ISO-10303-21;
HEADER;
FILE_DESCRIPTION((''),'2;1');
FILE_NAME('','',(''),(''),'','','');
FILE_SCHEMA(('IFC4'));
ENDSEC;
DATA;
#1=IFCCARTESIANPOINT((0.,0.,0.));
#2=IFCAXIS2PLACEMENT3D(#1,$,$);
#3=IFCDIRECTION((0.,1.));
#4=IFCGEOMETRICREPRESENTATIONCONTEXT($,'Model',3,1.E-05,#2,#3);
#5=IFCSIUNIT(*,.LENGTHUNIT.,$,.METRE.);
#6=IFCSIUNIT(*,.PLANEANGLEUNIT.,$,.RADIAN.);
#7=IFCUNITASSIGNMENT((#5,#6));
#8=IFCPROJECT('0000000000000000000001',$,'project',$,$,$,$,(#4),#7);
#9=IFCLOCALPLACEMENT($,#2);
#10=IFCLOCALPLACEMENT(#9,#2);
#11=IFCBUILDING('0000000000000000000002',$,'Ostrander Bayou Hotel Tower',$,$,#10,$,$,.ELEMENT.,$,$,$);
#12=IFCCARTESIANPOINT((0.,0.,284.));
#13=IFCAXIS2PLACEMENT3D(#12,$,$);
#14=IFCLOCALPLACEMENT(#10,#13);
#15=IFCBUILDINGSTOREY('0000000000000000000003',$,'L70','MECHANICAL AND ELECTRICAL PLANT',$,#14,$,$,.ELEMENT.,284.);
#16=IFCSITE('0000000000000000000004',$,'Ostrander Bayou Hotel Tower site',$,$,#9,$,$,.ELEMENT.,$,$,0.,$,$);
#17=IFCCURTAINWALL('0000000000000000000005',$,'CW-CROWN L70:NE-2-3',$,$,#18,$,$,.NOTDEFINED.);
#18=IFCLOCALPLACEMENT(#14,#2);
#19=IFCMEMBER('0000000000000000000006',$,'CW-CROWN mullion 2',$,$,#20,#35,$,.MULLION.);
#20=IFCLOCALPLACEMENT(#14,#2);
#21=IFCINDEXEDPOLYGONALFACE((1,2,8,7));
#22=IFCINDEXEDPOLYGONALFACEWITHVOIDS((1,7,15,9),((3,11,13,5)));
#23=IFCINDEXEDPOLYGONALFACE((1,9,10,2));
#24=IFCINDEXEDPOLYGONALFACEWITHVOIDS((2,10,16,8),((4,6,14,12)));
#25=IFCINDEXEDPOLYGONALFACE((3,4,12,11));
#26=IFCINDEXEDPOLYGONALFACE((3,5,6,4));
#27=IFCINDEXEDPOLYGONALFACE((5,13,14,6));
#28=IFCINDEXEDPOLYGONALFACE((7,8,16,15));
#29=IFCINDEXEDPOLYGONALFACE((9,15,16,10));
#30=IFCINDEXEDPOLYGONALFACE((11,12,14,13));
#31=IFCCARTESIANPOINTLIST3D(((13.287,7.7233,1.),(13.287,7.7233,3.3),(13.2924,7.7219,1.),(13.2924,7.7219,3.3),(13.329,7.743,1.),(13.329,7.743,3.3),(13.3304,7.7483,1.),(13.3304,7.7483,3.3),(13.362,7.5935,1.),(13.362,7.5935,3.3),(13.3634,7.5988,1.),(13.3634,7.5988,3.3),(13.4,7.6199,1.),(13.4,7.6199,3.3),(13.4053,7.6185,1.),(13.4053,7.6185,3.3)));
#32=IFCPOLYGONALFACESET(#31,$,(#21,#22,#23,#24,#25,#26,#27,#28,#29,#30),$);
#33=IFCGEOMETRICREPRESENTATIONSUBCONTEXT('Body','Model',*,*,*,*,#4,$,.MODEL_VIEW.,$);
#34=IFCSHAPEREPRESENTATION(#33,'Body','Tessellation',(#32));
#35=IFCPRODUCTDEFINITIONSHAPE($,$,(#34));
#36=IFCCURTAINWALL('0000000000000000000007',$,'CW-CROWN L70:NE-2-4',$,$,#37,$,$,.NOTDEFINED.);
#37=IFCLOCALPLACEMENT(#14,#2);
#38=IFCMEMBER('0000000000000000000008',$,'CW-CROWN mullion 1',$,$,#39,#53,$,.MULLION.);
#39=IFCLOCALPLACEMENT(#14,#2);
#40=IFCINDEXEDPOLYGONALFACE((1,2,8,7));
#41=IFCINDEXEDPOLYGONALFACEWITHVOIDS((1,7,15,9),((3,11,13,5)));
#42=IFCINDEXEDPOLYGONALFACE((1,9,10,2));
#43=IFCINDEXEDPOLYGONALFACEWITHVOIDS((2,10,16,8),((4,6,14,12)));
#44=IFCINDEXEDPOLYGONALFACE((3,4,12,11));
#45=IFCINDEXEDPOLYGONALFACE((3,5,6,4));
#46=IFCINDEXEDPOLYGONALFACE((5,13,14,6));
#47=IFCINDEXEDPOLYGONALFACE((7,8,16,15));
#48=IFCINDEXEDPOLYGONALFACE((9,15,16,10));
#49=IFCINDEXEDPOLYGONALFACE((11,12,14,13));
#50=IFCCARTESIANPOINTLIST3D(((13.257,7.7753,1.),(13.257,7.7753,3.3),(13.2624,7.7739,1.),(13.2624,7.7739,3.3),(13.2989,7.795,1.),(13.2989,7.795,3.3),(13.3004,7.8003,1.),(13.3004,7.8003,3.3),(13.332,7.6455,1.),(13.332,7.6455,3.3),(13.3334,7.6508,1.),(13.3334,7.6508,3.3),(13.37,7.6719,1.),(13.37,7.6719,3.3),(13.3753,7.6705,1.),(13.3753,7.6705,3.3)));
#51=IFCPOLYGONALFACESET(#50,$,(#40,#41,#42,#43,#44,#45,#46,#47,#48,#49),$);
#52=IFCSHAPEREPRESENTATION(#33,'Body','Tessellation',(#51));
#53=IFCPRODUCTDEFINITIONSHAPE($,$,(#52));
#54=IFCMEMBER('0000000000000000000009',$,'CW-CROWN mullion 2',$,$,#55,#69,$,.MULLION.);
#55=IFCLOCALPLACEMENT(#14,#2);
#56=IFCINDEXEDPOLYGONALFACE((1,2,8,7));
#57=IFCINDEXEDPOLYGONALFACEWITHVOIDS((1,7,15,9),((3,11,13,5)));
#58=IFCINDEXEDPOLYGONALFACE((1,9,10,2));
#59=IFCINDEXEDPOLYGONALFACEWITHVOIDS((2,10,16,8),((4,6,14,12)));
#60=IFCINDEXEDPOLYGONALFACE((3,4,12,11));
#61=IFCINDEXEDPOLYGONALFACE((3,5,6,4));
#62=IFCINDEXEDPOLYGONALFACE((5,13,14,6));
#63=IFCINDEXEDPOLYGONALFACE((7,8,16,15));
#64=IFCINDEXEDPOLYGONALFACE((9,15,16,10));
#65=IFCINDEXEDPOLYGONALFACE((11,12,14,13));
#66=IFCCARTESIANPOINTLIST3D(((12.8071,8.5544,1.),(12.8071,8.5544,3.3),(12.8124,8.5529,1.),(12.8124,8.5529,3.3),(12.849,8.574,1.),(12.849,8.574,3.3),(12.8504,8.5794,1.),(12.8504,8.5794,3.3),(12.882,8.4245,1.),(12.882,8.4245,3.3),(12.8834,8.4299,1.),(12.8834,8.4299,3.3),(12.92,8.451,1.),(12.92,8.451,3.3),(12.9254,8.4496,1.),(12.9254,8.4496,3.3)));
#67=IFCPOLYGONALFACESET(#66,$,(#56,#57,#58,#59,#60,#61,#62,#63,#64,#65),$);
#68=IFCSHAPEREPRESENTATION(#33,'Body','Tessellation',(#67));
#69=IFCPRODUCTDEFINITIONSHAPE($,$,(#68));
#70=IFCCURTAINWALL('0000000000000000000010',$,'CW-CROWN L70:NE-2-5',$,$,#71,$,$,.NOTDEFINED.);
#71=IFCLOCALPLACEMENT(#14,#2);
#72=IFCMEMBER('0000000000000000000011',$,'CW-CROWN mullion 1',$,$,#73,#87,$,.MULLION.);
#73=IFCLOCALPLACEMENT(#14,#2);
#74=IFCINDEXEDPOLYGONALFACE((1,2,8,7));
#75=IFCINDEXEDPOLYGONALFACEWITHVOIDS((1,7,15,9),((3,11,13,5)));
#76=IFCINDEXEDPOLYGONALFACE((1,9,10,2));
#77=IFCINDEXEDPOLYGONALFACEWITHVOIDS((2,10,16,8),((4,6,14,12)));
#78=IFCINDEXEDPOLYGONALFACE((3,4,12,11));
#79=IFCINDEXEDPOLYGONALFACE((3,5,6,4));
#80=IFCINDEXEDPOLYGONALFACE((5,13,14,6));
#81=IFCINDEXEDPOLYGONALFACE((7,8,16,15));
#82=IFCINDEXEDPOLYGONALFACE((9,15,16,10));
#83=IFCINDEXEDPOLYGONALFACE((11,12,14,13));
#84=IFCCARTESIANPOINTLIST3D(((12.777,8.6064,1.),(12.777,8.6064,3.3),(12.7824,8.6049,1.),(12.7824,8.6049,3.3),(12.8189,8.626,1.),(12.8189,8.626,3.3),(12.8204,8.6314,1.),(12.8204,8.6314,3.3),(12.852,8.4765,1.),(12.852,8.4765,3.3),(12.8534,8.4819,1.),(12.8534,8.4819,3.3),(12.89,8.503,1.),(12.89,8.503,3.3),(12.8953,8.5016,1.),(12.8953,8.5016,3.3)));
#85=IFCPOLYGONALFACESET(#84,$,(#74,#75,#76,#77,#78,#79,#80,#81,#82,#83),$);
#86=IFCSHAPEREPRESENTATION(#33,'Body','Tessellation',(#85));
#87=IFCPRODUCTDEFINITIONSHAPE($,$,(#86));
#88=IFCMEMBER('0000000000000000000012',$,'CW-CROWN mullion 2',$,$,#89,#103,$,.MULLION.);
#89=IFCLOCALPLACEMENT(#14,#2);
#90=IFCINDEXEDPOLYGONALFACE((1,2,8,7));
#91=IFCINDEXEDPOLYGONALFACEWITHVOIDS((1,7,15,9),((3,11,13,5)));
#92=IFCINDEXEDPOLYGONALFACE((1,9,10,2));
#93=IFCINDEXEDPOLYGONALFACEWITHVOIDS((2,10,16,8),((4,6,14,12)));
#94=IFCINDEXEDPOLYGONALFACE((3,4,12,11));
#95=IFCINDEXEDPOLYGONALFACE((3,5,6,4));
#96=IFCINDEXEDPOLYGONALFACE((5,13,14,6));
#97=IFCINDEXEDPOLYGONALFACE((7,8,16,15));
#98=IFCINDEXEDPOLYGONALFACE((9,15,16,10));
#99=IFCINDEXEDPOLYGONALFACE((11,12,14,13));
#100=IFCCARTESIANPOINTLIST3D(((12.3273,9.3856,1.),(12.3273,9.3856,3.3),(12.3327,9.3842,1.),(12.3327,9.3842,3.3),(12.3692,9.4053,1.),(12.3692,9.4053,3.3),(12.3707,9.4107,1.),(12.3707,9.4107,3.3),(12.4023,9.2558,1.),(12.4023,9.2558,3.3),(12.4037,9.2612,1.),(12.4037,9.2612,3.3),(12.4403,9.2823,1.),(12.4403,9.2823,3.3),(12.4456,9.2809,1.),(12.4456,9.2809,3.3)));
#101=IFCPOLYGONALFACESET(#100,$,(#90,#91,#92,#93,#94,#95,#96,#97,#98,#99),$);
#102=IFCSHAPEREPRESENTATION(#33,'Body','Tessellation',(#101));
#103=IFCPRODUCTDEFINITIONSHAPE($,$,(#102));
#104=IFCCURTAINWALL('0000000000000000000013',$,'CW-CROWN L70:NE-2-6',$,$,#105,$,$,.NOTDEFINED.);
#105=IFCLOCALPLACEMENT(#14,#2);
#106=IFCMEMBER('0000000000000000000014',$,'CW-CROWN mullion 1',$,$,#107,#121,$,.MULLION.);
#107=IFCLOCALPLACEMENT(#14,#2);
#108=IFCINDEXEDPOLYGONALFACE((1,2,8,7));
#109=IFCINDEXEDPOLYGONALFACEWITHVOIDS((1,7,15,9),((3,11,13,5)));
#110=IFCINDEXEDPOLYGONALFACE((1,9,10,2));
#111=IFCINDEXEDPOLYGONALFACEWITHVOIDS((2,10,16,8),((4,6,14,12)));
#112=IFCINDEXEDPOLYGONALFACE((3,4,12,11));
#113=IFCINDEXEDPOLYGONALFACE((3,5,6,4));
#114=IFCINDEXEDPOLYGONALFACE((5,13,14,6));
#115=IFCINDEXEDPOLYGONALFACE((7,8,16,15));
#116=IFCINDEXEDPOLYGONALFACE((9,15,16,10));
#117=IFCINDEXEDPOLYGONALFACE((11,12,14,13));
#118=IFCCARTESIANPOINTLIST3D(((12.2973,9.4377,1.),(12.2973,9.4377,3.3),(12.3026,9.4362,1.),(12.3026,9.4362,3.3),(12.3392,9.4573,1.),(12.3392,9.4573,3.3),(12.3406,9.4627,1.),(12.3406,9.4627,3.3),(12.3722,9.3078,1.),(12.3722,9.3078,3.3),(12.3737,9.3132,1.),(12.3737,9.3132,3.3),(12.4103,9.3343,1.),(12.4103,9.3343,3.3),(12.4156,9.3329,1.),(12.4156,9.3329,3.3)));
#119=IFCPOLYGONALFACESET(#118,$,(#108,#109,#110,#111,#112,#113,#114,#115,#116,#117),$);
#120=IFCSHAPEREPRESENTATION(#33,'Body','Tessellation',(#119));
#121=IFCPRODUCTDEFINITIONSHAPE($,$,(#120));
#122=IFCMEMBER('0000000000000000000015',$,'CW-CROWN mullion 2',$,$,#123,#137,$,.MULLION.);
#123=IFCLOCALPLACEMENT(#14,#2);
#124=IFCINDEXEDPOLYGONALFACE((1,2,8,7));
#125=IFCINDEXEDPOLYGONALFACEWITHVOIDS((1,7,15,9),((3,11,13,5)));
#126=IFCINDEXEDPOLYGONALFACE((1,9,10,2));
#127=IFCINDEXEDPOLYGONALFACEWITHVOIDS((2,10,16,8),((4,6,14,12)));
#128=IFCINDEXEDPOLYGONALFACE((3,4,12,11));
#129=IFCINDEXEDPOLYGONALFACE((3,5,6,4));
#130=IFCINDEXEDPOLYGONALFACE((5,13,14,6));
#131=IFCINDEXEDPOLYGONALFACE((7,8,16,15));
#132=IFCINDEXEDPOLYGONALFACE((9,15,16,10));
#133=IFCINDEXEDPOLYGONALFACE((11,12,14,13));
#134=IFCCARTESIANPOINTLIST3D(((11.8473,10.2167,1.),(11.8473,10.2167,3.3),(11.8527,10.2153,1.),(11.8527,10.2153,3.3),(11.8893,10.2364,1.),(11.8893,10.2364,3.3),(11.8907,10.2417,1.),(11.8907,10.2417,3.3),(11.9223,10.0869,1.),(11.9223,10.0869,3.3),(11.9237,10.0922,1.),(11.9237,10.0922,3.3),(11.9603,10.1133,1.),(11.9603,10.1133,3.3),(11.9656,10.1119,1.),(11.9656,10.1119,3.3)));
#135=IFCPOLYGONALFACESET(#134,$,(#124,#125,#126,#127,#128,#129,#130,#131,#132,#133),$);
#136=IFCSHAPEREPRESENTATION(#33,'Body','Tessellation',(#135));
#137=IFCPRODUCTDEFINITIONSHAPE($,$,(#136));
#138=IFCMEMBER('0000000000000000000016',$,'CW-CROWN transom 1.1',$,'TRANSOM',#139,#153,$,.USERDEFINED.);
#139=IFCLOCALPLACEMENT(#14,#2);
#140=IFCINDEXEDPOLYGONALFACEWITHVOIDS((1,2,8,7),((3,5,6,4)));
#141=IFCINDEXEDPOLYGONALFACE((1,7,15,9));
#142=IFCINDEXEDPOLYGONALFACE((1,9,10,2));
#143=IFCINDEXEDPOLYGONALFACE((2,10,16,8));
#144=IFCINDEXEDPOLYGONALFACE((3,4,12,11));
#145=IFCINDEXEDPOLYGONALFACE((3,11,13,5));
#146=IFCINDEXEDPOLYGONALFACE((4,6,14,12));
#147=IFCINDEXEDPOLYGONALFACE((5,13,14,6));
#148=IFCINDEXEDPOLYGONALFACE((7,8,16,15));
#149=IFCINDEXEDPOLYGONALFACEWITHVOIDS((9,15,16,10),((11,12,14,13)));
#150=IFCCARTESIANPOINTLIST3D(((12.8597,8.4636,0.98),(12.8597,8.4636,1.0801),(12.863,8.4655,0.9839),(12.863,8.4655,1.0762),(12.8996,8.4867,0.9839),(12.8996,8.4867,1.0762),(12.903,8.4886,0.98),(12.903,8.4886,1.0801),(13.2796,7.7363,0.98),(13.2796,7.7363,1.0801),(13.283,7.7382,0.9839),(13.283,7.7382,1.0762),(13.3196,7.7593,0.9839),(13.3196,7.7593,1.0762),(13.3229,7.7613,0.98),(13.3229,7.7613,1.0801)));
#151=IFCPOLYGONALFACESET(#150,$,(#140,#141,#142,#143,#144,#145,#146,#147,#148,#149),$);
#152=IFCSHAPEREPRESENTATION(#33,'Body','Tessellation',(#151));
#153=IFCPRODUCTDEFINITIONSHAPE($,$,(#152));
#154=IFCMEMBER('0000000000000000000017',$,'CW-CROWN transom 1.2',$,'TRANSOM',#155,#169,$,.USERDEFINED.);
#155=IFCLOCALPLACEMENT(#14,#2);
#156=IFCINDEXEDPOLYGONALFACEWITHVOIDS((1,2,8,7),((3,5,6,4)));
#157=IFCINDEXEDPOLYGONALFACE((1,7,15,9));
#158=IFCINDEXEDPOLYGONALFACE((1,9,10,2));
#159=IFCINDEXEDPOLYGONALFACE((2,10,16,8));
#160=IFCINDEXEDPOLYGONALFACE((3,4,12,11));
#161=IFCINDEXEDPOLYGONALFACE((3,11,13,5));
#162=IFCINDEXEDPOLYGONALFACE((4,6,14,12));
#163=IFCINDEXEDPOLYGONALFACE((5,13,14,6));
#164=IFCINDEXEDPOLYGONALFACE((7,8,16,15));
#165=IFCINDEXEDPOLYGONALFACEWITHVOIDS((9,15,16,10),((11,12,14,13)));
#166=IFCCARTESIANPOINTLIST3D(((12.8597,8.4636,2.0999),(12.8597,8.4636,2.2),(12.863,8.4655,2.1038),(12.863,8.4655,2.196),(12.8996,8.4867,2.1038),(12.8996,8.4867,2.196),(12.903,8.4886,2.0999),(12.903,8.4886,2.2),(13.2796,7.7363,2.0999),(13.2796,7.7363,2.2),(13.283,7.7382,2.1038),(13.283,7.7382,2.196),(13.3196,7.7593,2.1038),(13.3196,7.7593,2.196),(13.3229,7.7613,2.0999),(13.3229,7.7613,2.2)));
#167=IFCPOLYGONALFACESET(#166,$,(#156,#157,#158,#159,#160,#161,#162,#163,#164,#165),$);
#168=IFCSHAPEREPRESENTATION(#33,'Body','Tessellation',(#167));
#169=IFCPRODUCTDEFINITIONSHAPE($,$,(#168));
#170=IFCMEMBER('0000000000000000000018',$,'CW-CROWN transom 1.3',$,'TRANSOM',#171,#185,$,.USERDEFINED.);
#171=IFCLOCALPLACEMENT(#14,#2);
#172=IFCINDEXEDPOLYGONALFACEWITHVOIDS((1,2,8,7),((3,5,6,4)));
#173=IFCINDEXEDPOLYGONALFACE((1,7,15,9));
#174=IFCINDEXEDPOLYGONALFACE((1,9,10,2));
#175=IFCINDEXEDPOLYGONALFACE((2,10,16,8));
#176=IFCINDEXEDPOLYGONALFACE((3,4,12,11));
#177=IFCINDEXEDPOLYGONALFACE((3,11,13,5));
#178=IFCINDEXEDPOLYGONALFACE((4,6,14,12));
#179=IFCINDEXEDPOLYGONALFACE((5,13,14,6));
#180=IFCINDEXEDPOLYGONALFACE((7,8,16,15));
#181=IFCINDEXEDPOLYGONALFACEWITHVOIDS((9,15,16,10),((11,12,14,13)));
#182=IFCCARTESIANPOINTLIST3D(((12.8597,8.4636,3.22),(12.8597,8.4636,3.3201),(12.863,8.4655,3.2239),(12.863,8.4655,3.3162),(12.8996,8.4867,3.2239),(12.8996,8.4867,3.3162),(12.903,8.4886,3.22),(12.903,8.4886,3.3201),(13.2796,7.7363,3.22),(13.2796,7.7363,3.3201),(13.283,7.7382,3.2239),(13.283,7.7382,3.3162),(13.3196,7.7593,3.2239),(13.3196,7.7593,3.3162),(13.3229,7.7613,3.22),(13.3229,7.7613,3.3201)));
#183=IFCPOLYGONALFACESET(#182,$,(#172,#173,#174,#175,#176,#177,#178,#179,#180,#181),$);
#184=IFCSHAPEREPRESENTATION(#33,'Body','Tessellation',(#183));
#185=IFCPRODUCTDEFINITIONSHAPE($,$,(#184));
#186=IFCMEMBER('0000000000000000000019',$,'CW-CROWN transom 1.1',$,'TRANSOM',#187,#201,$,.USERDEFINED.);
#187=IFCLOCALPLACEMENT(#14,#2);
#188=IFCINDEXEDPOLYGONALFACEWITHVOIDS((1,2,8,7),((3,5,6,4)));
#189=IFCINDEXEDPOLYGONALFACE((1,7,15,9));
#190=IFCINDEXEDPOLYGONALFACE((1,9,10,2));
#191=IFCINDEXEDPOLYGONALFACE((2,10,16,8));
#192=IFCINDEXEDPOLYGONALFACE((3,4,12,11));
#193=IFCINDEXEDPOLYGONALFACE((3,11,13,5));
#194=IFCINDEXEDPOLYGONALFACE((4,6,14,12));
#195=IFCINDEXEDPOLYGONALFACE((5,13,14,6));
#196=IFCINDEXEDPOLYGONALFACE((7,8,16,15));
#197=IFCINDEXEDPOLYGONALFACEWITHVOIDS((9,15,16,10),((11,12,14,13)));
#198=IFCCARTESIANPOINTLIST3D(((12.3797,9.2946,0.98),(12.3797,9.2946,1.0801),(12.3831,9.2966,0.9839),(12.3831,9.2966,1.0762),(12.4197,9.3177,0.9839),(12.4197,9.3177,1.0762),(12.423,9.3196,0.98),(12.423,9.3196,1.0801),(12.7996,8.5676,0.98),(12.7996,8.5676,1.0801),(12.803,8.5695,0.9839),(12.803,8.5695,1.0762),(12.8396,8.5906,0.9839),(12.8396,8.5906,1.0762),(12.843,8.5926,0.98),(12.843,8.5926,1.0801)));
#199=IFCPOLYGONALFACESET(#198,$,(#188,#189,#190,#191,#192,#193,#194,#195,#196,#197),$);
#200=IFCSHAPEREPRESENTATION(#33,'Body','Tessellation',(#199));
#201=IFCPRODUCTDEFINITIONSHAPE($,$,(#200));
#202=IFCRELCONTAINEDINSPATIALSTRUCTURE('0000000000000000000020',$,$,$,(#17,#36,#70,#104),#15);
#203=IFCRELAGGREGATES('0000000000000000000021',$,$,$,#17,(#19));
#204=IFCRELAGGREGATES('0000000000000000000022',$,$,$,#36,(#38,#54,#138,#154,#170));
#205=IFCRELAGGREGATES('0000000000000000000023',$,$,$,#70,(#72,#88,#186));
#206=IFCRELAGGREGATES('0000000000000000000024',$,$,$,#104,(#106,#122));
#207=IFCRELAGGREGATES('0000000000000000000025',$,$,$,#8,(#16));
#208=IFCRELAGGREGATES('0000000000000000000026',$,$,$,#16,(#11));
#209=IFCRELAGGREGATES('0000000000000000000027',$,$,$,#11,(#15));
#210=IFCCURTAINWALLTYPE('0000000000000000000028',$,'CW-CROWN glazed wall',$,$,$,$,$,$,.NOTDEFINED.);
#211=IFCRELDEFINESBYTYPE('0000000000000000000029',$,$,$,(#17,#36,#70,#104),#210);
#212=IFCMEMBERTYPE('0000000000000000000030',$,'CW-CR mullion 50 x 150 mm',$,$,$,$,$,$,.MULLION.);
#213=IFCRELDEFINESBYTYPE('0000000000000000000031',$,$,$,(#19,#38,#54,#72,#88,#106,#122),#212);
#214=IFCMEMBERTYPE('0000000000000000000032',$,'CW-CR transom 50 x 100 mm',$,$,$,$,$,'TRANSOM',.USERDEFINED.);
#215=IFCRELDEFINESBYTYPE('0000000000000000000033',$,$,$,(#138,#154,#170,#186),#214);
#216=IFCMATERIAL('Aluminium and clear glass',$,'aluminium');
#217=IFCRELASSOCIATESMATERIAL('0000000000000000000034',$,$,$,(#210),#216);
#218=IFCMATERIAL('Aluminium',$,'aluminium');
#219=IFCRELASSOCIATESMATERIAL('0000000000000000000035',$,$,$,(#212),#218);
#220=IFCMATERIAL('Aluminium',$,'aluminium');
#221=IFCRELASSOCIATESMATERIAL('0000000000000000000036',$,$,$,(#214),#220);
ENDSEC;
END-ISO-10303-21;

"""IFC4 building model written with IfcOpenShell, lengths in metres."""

from ifc_helpers import new_model, si_unit, direction, frame, origin, origin_2d, place, context, subcontext, project, spatial, hollow_rectangle, extrude, material, material_profile, profile_set, type_object, element, aggregate, save


model = new_model("IFC4")

# Units and contexts
model_context = context("Model", 3, precision=1e-05, world=origin(), true_north=direction((0.0, 1.0)))
body_context = subcontext(model_context, "Body", "Model", "MODEL_VIEW")
ifc_project = project(units=[si_unit("LENGTHUNIT", "METRE"), si_unit("PLANEANGLEUNIT", "RADIAN")], contexts=[model_context])

# Site, building, storey
site_placement = place(None, origin())
site = spatial("IfcSite", under=ifc_project, at=site_placement, Name="Ostrander Bayou Hotel Tower site", CompositionType="ELEMENT", RefElevation=0.0)
building_placement = place(site_placement, origin())
building = spatial("IfcBuilding", under=site, at=building_placement, Name="Ostrander Bayou Hotel Tower", CompositionType="ELEMENT")
storey_placement = place(building_placement, frame((0.0, 0.0, 284.0)))
storey = spatial("IfcBuildingStorey", under=building, at=storey_placement, Name="L70", Description="MECHANICAL AND ELECTRICAL PLANT", CompositionType="ELEMENT", Elevation=284.0)

# Curtain wall, member
ifc_material_1 = material(Name="Aluminium and clear glass", Category="aluminium")
curtain_wall_type = type_object("IfcCurtainWallType", Name="CW-CROWN glazed wall", PredefinedType="NOTDEFINED", material=ifc_material_1)
curtain_wall_1_placement = place(storey_placement, origin())
curtain_wall_1 = element("IfcCurtainWall", 1, at=curtain_wall_1_placement, inside=storey, type_object=curtain_wall_type, Name="CW-CROWN L70:NE-2-3", PredefinedType="NOTDEFINED")
ifc_material_2 = material(Name="Aluminium", Category="aluminium")
ifc_material_profile_1 = material_profile(ifc_material_2, hollow_rectangle(XDim=0.05, YDim=0.1499, WallThickness=0.0039, at=origin_2d()))
ifc_profile_set_1 = profile_set([ifc_material_profile_1], Name="Aluminium")
member_type_1 = type_object("IfcMemberType", Name="CW-CR mullion 50 x 150 mm", PredefinedType="MULLION", material=ifc_profile_set_1)
member_1_placement = place(storey_placement, frame((13.3462, 7.6709, 1.0), z_axis=(0.0, 0.0, 1.0), x_axis=(-0.866049, -0.49996, 0.0)))
member_1 = element("IfcMember", 2, at=member_1_placement, type_object=member_type_1, Name="CW-CROWN mullion 2", PredefinedType="MULLION", context=body_context, shape_type="SweptSolid", body=[
    extrude(hollow_rectangle(XDim=0.05, YDim=0.1499, WallThickness=0.0039, at=origin_2d()), origin(), (0.0, 0.0, 1.0), 2.3),
])

# Curtain walls, members
curtain_wall_2_placement = place(storey_placement, origin())
curtain_wall_2 = element("IfcCurtainWall", 3, at=curtain_wall_2_placement, inside=storey, type_object=curtain_wall_type, Name="CW-CROWN L70:NE-2-4", PredefinedType="NOTDEFINED")
member_2_placement = place(storey_placement, frame((13.3162, 7.7229, 1.0), z_axis=(0.0, 0.0, 1.0), x_axis=(-0.866022, -0.500005, 0.0)))
member_2 = element("IfcMember", 4, at=member_2_placement, type_object=member_type_1, Name="CW-CROWN mullion 1", PredefinedType="MULLION", context=body_context, shape_type="SweptSolid", body=[
    extrude(hollow_rectangle(XDim=0.05, YDim=0.1499, WallThickness=0.0039, at=origin_2d()), origin(), (0.0, 0.0, 1.0), 2.3),
])
member_3_placement = place(storey_placement, frame((12.8662, 8.502, 1.0), z_axis=(0.0, 0.0, 1.0), x_axis=(-0.866022, -0.500005, 0.0)))
member_3 = element("IfcMember", 5, at=member_3_placement, type_object=member_type_1, Name="CW-CROWN mullion 2", PredefinedType="MULLION", context=body_context, shape_type="SweptSolid", body=[
    extrude(hollow_rectangle(XDim=0.05, YDim=0.1499, WallThickness=0.0039, at=origin_2d()), origin(), (0.0, 0.0, 1.0), 2.3),
])
curtain_wall_3_placement = place(storey_placement, origin())
curtain_wall_3 = element("IfcCurtainWall", 6, at=curtain_wall_3_placement, inside=storey, type_object=curtain_wall_type, Name="CW-CROWN L70:NE-2-5", PredefinedType="NOTDEFINED")
member_4_placement = place(storey_placement, frame((12.8362, 8.554, 1.0), z_axis=(0.0, 0.0, 1.0), x_axis=(-0.866022, -0.500005, 0.0)))
member_4 = element("IfcMember", 7, at=member_4_placement, type_object=member_type_1, Name="CW-CROWN mullion 1", PredefinedType="MULLION", context=body_context, shape_type="SweptSolid", body=[
    extrude(hollow_rectangle(XDim=0.05, YDim=0.1499, WallThickness=0.0039, at=origin_2d()), origin(), (0.0, 0.0, 1.0), 2.3),
])
member_5_placement = place(storey_placement, frame((12.3865, 9.3333, 1.0), z_axis=(0.0, 0.0, 1.0), x_axis=(-0.866022, -0.500005, 0.0)))
member_5 = element("IfcMember", 8, at=member_5_placement, type_object=member_type_1, Name="CW-CROWN mullion 2", PredefinedType="MULLION", context=body_context, shape_type="SweptSolid", body=[
    extrude(hollow_rectangle(XDim=0.05, YDim=0.1499, WallThickness=0.0039, at=origin_2d()), origin(), (0.0, 0.0, 1.0), 2.3),
])
curtain_wall_4_placement = place(storey_placement, origin())
curtain_wall_4 = element("IfcCurtainWall", 9, at=curtain_wall_4_placement, inside=storey, type_object=curtain_wall_type, Name="CW-CROWN L70:NE-2-6", PredefinedType="NOTDEFINED")
member_6_placement = place(storey_placement, frame((12.3564, 9.3853, 1.0), z_axis=(0.0, 0.0, 1.0), x_axis=(-0.866022, -0.500005, 0.0)))
member_6 = element("IfcMember", 10, at=member_6_placement, type_object=member_type_1, Name="CW-CROWN mullion 1", PredefinedType="MULLION", context=body_context, shape_type="SweptSolid", body=[
    extrude(hollow_rectangle(XDim=0.05, YDim=0.1499, WallThickness=0.0039, at=origin_2d()), origin(), (0.0, 0.0, 1.0), 2.3),
])
member_7_placement = place(storey_placement, frame((11.9065, 10.1643, 1.0), z_axis=(0.0, 0.0, 1.0), x_axis=(-0.866022, -0.500005, 0.0)))
member_7 = element("IfcMember", 11, at=member_7_placement, type_object=member_type_1, Name="CW-CROWN mullion 2", PredefinedType="MULLION", context=body_context, shape_type="SweptSolid", body=[
    extrude(hollow_rectangle(XDim=0.05, YDim=0.1499, WallThickness=0.0039, at=origin_2d()), origin(), (0.0, 0.0, 1.0), 2.3),
])

# Members
ifc_material_3 = material(Name="Aluminium", Category="aluminium")
ifc_material_profile_2 = material_profile(ifc_material_3, hollow_rectangle(XDim=0.05, YDim=0.1001, WallThickness=0.0039, at=origin_2d()))
ifc_profile_set_2 = profile_set([ifc_material_profile_2], Name="Aluminium")
member_type_2 = type_object("IfcMemberType", Name="CW-CR transom 50 x 100 mm", ElementType="TRANSOM", PredefinedType="USERDEFINED", material=ifc_profile_set_2)
member_8_placement = place(storey_placement, frame((13.3013, 7.7488, 1.03), z_axis=(-0.500016, 0.866016, 0.0), x_axis=(-0.866016, -0.500016, 0.0)))
member_8 = element("IfcMember", 12, at=member_8_placement, type_object=member_type_2, Name="CW-CROWN transom 1.1", ObjectType="TRANSOM", PredefinedType="USERDEFINED", context=body_context, shape_type="SweptSolid", body=[
    extrude(hollow_rectangle(XDim=0.05, YDim=0.1001, WallThickness=0.0039, at=origin_2d()), origin(), (0.0, 0.0, 1.0), 0.8398),
])
member_9_placement = place(storey_placement, frame((13.3013, 7.7488, 2.1499), z_axis=(-0.500016, 0.866016, 0.0), x_axis=(-0.866016, -0.500016, 0.0)))
member_9 = element("IfcMember", 13, at=member_9_placement, type_object=member_type_2, Name="CW-CROWN transom 1.2", ObjectType="TRANSOM", PredefinedType="USERDEFINED", context=body_context, shape_type="SweptSolid", body=[
    extrude(hollow_rectangle(XDim=0.05, YDim=0.1001, WallThickness=0.0039, at=origin_2d()), origin(), (0.0, 0.0, 1.0), 0.8398),
])
member_10_placement = place(storey_placement, frame((13.3013, 7.7488, 3.27), z_axis=(-0.500016, 0.866016, 0.0), x_axis=(-0.866016, -0.500016, 0.0)))
member_10 = element("IfcMember", 14, at=member_10_placement, type_object=member_type_2, Name="CW-CROWN transom 1.3", ObjectType="TRANSOM", PredefinedType="USERDEFINED", context=body_context, shape_type="SweptSolid", body=[
    extrude(hollow_rectangle(XDim=0.05, YDim=0.1001, WallThickness=0.0039, at=origin_2d()), origin(), (0.0, 0.0, 1.0), 0.8398),
])
member_11_placement = place(storey_placement, frame((12.8213, 8.5801, 1.03), z_axis=(-0.500142, 0.865943, 0.0), x_axis=(-0.865943, -0.500142, 0.0)))
member_11 = element("IfcMember", 15, at=member_11_placement, type_object=member_type_2, Name="CW-CROWN transom 1.1", ObjectType="TRANSOM", PredefinedType="USERDEFINED", context=body_context, shape_type="SweptSolid", body=[
    extrude(hollow_rectangle(XDim=0.05, YDim=0.1001, WallThickness=0.0039, at=origin_2d()), origin(), (0.0, 0.0, 1.0), 0.8396),
])

aggregate(curtain_wall_1, [member_1])
aggregate(curtain_wall_2, [member_2, member_3, member_8, member_9, member_10])
aggregate(curtain_wall_3, [member_4, member_5, member_11])
aggregate(curtain_wall_4, [member_6, member_7])

save(model, "model.ifc")
